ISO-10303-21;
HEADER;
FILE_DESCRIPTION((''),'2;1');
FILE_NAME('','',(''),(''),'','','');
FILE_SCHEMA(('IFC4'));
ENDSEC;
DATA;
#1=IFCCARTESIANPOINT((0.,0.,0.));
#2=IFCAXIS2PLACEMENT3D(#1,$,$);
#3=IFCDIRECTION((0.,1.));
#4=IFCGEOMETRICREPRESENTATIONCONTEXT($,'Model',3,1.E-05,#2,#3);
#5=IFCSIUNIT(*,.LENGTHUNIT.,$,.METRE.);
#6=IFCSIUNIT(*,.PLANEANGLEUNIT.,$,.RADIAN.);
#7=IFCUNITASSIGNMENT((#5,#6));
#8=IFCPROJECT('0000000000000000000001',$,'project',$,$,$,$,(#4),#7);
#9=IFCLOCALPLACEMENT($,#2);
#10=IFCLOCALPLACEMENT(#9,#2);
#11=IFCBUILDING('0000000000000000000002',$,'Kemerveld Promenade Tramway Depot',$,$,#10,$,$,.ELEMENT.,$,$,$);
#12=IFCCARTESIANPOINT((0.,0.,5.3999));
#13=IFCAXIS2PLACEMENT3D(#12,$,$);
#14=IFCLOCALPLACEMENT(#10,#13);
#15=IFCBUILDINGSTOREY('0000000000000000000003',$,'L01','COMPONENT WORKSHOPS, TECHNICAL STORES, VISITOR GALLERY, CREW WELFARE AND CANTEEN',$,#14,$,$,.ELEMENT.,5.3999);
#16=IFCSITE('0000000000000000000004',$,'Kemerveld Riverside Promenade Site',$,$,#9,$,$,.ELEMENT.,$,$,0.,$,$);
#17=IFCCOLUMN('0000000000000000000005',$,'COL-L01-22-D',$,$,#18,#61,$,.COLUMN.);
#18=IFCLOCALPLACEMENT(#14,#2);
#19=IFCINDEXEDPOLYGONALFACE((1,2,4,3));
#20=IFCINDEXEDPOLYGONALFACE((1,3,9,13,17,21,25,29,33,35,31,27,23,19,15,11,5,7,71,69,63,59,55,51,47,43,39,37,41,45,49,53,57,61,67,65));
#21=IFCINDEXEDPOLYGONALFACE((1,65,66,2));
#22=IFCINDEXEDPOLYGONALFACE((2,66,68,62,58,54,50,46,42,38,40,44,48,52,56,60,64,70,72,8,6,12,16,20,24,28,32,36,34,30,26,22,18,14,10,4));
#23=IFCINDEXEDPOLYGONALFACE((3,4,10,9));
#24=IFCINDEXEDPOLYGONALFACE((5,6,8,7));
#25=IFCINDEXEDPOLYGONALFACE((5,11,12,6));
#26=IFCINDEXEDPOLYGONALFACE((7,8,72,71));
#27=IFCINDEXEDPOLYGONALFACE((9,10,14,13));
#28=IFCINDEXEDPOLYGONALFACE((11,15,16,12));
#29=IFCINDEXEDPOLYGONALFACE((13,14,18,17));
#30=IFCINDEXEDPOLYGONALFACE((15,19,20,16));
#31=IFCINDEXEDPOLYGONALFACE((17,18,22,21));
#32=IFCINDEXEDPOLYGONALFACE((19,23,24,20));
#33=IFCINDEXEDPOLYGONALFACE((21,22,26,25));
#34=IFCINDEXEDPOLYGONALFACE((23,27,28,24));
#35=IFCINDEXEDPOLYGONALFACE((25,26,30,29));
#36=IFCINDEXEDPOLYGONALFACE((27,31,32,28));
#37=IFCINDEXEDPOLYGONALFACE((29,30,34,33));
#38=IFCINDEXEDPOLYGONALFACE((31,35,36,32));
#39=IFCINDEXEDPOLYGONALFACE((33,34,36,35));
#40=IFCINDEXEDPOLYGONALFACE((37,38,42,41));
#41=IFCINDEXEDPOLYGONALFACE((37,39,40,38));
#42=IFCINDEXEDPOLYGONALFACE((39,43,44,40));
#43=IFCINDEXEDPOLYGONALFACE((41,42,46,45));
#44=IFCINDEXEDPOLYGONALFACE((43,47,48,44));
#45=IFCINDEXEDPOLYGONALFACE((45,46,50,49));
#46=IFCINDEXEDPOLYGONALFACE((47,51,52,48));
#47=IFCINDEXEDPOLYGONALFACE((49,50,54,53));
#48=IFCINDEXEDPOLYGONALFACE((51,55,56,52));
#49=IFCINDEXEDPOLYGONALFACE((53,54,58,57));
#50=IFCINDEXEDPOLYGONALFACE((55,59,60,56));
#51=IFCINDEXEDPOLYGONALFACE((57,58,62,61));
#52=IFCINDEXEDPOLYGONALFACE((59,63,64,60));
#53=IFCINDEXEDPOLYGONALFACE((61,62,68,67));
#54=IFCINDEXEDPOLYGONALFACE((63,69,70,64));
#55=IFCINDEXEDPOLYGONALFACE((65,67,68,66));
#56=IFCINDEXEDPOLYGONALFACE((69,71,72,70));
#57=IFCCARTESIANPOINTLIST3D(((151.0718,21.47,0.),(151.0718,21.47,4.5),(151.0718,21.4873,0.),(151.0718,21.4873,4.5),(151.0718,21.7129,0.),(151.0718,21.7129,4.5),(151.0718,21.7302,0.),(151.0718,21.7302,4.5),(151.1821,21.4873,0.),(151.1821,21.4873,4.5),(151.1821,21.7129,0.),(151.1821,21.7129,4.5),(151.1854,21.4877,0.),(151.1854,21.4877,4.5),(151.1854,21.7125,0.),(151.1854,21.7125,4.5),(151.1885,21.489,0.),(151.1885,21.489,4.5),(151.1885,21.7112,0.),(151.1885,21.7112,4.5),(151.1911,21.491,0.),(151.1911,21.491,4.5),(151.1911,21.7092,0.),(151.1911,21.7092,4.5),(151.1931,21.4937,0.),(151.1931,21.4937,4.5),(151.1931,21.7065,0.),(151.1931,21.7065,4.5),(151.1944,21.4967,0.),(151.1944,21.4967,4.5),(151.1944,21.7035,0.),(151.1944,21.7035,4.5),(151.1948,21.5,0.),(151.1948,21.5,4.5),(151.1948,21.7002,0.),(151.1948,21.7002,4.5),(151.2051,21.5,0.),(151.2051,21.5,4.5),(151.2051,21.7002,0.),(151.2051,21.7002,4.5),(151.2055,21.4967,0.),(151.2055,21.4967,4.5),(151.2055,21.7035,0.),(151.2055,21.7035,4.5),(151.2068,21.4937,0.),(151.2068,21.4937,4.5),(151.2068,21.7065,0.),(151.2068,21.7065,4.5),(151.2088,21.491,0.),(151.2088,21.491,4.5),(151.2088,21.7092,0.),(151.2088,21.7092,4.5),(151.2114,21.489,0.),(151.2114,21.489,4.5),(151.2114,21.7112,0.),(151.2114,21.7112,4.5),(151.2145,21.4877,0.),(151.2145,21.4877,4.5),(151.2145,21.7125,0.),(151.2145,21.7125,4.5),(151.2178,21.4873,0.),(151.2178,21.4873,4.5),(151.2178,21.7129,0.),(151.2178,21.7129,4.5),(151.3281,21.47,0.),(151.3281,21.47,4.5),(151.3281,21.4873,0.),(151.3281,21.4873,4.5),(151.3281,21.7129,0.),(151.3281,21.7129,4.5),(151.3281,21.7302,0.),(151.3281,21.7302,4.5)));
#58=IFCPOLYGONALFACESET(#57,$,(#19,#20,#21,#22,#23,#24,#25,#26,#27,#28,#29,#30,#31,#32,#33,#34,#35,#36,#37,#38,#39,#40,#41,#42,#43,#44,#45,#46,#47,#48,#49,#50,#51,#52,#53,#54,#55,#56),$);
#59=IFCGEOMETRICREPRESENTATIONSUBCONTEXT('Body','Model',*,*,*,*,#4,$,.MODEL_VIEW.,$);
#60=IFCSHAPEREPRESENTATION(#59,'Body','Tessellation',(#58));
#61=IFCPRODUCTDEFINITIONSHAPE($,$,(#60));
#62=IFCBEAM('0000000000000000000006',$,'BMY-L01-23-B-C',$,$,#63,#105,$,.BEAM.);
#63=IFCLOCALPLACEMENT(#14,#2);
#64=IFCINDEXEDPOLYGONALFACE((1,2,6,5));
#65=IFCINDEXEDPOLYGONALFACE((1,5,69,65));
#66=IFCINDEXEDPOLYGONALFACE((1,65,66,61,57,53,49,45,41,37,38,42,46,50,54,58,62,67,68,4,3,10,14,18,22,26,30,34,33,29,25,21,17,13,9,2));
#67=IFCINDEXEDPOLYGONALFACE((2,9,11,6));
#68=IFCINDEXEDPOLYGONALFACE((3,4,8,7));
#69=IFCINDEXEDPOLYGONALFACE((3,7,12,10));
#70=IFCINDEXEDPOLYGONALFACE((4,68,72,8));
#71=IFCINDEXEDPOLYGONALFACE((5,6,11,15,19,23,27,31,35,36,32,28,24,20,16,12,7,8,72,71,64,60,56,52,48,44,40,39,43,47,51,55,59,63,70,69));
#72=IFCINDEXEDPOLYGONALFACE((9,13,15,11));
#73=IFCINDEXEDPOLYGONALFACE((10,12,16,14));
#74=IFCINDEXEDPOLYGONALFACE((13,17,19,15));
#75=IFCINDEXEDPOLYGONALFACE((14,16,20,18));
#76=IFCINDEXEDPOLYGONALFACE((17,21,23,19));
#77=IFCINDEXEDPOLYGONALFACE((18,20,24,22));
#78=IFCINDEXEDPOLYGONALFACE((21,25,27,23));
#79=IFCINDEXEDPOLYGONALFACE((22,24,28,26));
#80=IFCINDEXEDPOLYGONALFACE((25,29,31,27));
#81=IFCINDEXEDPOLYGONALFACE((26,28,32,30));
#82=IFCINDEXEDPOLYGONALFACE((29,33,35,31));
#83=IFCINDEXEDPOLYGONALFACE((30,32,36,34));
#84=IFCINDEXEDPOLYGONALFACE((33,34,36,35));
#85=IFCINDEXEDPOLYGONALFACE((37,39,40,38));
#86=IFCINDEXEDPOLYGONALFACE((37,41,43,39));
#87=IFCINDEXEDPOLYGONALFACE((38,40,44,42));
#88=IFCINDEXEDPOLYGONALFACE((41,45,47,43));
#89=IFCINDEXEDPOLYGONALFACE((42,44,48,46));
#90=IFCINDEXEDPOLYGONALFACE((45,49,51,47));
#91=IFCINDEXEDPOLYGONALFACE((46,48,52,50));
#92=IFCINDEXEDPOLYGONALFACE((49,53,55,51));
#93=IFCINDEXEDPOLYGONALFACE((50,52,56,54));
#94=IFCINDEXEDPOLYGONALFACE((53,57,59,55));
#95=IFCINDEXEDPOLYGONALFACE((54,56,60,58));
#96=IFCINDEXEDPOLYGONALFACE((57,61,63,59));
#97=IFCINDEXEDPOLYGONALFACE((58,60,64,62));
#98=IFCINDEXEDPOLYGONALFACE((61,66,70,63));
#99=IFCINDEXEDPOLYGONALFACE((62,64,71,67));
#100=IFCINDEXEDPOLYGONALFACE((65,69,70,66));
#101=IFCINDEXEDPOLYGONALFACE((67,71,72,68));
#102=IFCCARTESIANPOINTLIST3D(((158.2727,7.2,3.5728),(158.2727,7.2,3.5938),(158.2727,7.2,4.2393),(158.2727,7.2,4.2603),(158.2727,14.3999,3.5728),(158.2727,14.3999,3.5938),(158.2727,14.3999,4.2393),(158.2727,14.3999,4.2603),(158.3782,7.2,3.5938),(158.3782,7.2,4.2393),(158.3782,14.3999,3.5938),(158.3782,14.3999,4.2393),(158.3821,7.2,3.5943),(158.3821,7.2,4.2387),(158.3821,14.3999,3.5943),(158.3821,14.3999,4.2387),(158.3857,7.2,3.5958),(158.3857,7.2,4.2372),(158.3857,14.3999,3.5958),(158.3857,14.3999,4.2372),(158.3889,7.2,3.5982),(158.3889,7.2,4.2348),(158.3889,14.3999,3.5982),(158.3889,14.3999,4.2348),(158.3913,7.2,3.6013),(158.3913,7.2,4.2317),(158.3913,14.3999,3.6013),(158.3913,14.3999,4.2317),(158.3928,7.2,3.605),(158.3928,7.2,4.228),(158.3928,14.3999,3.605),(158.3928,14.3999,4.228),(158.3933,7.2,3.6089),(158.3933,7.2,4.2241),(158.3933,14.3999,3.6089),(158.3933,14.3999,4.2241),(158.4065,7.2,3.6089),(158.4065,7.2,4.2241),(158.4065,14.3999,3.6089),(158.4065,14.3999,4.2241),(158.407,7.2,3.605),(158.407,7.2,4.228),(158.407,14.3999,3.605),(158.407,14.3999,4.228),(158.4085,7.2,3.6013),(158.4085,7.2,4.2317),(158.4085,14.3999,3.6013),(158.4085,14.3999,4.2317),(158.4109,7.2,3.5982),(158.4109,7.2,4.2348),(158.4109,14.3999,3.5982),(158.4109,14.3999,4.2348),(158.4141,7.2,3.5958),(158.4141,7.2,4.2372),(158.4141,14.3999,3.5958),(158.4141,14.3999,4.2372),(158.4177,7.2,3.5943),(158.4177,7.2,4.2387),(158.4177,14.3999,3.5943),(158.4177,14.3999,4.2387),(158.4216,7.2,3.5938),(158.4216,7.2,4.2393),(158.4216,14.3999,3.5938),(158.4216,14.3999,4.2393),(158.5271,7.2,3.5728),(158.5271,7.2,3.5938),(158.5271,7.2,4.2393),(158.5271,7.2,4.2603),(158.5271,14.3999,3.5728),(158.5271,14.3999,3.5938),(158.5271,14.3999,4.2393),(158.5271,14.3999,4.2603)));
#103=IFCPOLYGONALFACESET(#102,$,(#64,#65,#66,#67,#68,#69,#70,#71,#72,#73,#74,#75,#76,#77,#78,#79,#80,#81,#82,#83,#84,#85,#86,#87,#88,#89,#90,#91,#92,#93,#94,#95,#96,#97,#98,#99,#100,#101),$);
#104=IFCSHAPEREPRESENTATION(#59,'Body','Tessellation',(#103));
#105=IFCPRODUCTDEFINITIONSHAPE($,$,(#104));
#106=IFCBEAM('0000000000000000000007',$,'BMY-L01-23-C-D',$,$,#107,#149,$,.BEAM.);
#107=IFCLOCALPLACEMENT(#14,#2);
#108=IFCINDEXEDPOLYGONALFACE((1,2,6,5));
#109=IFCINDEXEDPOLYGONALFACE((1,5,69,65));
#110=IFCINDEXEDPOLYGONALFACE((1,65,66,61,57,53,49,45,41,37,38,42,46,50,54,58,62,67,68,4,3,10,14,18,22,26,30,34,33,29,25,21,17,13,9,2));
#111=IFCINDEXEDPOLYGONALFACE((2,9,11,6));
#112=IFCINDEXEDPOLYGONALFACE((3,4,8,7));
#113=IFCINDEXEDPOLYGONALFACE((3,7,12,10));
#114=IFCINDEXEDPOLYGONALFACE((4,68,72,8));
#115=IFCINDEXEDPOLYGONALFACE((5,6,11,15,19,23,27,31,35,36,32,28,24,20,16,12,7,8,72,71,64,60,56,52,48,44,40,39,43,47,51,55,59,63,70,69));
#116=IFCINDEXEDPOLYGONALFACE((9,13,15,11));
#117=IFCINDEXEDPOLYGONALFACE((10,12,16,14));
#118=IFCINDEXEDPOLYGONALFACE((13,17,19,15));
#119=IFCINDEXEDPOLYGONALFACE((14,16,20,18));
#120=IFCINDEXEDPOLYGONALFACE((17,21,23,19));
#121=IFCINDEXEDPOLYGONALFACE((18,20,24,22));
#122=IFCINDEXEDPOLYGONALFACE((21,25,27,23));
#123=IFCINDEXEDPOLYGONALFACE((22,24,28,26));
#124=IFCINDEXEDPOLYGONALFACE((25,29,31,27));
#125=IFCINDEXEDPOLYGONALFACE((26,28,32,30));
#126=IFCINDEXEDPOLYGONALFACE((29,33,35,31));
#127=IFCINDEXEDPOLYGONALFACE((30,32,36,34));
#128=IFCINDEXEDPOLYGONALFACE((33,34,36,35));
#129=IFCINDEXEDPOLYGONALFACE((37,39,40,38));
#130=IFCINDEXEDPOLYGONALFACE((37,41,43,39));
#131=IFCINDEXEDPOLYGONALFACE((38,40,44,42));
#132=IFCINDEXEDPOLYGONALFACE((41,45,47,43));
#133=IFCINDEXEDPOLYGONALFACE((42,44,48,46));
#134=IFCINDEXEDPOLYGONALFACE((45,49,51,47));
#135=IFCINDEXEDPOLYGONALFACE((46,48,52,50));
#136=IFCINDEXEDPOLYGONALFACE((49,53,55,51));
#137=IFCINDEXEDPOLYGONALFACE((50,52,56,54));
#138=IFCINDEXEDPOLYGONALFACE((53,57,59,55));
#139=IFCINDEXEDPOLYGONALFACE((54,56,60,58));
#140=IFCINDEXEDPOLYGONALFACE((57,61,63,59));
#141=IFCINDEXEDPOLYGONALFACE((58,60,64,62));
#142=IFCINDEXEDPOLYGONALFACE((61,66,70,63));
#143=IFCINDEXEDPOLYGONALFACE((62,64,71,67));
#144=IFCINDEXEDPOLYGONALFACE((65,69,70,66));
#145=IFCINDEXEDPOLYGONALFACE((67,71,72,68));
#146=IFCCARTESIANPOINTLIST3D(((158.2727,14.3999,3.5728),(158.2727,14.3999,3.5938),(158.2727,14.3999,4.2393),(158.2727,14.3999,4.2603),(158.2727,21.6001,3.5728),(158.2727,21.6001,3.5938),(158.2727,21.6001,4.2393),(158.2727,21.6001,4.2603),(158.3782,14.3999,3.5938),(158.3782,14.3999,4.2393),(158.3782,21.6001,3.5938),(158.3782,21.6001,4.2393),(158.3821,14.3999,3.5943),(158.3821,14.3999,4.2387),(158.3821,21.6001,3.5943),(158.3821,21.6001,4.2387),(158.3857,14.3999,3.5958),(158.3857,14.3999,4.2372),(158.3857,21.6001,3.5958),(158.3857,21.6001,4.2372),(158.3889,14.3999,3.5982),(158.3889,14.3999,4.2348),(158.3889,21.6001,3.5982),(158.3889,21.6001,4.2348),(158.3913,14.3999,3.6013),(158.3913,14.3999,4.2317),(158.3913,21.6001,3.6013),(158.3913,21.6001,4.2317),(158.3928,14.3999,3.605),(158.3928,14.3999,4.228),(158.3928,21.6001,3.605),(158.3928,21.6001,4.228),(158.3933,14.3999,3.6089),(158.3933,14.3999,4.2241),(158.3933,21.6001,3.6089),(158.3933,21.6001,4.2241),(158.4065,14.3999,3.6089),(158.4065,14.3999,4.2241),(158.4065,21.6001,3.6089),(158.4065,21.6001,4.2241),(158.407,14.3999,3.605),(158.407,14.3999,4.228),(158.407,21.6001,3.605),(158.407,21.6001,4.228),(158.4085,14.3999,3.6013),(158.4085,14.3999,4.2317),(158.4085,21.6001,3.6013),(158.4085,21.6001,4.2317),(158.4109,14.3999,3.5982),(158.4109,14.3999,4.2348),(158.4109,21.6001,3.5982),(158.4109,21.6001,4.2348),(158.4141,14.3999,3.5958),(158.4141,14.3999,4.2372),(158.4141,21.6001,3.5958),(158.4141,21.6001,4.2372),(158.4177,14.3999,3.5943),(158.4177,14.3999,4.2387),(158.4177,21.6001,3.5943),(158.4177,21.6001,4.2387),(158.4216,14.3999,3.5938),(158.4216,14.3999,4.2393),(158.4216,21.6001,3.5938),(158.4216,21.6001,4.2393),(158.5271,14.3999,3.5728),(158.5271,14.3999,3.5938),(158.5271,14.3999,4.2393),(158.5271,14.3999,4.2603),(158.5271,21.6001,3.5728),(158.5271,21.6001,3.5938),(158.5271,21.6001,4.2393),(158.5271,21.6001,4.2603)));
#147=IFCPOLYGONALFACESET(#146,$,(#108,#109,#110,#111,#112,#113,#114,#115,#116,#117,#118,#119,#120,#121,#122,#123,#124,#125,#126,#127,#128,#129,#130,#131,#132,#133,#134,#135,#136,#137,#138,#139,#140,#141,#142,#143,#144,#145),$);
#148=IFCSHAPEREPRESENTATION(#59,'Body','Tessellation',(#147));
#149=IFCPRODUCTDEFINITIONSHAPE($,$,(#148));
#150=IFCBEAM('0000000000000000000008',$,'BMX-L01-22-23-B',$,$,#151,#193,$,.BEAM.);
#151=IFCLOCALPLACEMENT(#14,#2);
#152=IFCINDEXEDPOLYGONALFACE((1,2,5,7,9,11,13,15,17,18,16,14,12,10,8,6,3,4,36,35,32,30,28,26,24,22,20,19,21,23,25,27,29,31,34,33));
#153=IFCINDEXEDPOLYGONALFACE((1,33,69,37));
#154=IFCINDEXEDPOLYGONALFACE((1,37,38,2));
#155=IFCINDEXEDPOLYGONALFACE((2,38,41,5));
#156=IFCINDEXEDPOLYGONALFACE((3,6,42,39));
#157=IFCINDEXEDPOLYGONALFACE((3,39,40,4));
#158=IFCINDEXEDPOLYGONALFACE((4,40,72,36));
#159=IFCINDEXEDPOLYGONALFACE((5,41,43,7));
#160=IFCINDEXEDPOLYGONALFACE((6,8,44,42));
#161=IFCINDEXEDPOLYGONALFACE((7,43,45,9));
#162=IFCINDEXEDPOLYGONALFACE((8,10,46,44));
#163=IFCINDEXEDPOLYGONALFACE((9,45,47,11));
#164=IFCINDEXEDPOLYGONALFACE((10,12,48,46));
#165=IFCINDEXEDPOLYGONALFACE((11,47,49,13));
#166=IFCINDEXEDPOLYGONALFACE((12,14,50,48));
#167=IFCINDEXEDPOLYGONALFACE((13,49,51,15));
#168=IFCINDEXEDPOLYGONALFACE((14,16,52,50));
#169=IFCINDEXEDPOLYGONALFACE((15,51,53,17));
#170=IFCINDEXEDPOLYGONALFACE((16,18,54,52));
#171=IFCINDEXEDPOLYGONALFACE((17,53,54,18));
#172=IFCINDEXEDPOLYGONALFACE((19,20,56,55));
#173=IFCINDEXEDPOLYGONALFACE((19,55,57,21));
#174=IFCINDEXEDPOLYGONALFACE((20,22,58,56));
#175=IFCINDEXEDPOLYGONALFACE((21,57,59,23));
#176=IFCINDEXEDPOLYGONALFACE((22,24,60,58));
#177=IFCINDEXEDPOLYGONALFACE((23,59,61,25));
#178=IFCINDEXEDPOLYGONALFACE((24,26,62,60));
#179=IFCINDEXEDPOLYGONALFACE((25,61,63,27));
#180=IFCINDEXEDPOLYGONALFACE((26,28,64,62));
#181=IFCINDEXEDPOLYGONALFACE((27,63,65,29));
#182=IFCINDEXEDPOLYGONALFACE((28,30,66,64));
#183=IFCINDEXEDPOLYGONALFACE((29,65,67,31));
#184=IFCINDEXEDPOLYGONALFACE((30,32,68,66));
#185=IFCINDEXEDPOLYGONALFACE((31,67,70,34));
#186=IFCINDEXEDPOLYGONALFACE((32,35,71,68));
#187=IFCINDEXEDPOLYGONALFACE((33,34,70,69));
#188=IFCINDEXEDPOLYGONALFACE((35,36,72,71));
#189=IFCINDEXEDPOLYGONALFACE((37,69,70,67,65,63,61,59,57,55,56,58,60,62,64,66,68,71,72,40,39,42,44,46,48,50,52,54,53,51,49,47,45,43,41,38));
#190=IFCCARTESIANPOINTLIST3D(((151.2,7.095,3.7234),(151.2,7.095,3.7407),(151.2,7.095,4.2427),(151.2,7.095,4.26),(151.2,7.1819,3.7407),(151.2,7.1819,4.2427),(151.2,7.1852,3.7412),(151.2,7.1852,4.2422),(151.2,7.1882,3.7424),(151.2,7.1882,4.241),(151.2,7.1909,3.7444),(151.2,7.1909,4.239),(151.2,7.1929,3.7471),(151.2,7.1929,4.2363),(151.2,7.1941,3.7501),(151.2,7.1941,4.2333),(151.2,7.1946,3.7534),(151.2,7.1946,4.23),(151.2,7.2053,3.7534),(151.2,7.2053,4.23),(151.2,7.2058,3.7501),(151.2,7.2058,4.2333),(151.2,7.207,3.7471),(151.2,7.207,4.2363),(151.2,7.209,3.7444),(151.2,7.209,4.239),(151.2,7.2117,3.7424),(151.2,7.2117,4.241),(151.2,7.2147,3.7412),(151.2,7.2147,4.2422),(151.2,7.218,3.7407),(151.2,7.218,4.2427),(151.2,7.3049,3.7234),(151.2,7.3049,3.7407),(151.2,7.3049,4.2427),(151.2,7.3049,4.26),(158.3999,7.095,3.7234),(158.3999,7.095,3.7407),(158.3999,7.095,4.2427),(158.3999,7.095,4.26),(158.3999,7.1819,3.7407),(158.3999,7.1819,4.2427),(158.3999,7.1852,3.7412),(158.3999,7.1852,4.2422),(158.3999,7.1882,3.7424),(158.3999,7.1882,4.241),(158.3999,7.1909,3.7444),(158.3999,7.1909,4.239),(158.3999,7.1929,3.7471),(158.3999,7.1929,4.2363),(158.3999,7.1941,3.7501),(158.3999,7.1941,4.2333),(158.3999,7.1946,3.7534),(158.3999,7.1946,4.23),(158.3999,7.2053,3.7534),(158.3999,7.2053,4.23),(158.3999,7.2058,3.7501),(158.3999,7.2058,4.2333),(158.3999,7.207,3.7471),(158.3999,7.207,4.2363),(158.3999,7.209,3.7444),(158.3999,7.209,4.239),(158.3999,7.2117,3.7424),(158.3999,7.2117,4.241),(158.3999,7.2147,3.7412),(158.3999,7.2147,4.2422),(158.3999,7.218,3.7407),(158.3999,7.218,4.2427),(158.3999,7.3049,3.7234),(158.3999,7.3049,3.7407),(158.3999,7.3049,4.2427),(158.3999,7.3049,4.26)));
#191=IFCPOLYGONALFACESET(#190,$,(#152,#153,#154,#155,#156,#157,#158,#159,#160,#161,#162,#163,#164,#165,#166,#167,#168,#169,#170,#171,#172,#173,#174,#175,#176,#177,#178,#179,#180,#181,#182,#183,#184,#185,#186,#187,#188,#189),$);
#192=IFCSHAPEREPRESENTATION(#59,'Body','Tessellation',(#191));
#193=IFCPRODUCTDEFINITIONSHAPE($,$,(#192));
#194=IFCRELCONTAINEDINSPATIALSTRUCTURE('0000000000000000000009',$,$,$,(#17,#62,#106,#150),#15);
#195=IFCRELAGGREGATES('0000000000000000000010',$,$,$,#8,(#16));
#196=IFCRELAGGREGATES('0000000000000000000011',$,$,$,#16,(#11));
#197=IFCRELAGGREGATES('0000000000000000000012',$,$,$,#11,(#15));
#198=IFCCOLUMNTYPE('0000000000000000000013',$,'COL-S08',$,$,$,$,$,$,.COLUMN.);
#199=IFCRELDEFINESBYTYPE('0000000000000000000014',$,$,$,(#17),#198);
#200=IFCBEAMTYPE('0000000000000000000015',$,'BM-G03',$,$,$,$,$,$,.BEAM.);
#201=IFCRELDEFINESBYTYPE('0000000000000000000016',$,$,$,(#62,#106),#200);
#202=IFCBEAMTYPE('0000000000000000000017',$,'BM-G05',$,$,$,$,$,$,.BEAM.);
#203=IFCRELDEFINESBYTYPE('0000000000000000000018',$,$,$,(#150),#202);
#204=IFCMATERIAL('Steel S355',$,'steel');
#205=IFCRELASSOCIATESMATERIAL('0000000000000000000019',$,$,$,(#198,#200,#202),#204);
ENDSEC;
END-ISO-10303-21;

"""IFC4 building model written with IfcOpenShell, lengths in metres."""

from ifc_helpers import new_model, si_unit, direction, frame, origin, origin_2d, place, context, subcontext, project, spatial, i_section, extrude, material, material_profile, profile_set, type_object, element, save


model = new_model("IFC4")

# Units and contexts
model_context = context("Model", 3, precision=1e-05, world=origin(), true_north=direction((0.0, 1.0)))
body_context = subcontext(model_context, "Body", "Model", "MODEL_VIEW")
ifc_project = project(units=[si_unit("LENGTHUNIT", "METRE"), si_unit("PLANEANGLEUNIT", "RADIAN")], contexts=[model_context])

# Site, building, storey
site_placement = place(None, origin())
site = spatial("IfcSite", under=ifc_project, at=site_placement, Name="Kemerveld Riverside Promenade Site", CompositionType="ELEMENT", RefElevation=0.0)
building_placement = place(site_placement, origin())
building = spatial("IfcBuilding", under=site, at=building_placement, Name="Kemerveld Promenade Tramway Depot", CompositionType="ELEMENT")
storey_placement = place(building_placement, frame((0.0, 0.0, 5.3999)))
storey = spatial("IfcBuildingStorey", under=building, at=storey_placement, Name="L01", Description="COMPONENT WORKSHOPS, TECHNICAL STORES, VISITOR GALLERY, CREW WELFARE AND CANTEEN", CompositionType="ELEMENT", Elevation=5.3999)

# Column
ifc_material_1 = material(Name="Steel S355", Category="steel")
ifc_material_profile_1 = material_profile(ifc_material_1, i_section(OverallWidth=0.2563, OverallDepth=0.2603, WebThickness=0.0103, FlangeThickness=0.0173, FilletRadius=0.0127, at=origin_2d()), Name="254x254x89 UC")
ifc_profile_set_1 = profile_set([ifc_material_profile_1], Name="Steel S355")
column_type_1 = type_object("IfcColumnType", Name="COL-S08", PredefinedType="COLUMN", material=ifc_profile_set_1)
for number, where, z_axis, x_axis, name in (
    (1, (151.2, 21.6001, 0.0), (0.0, 0.0, 1.0), (1.0, 0.0, 0.0), "COL-L01-22-D"),
):
    element("IfcColumn", number, at=place(storey_placement, frame(where, z_axis=z_axis, x_axis=x_axis)), inside=storey, type_object=column_type_1, Name=name, PredefinedType="COLUMN", context=body_context, shape_type="SweptSolid", body=[
        extrude(i_section(OverallWidth=0.2563, OverallDepth=0.2603, WebThickness=0.0103, FlangeThickness=0.0173, FilletRadius=0.0127, at=origin_2d()), origin(), (0.0, 0.0, 1.0), 4.5),
    ])

# Beams
ifc_material_profile_2 = material_profile(ifc_material_1, i_section(OverallWidth=0.2544, OverallDepth=0.6875, WebThickness=0.0132, FlangeThickness=0.021, FilletRadius=0.0151, at=origin_2d()), Name="686x254x152 UB")
ifc_profile_set_2 = profile_set([ifc_material_profile_2], Name="Steel S355")
beam_type_1 = type_object("IfcBeamType", Name="BM-G03", PredefinedType="BEAM", material=ifc_profile_set_2)
beam_1_placement = place(storey_placement, frame((158.3999, 7.2, 3.9165), z_axis=(0.0, 1.0, 0.0), x_axis=(-1.0, 0.0, 0.0)))
element("IfcBeam", 2, at=beam_1_placement, inside=storey, type_object=beam_type_1, Name="BMY-L01-23-B-C", PredefinedType="BEAM", context=body_context, shape_type="SweptSolid", body=[
    extrude(i_section(OverallWidth=0.2544, OverallDepth=0.6875, WebThickness=0.0132, FlangeThickness=0.021, FilletRadius=0.0151, at=origin_2d()), origin(), (0.0, 0.0, 1.0), 7.2),
])
beam_2_placement = place(storey_placement, frame((158.3999, 14.3999, 3.9165), z_axis=(0.0, 1.0, 0.0), x_axis=(-1.0, 0.0, 0.0)))
element("IfcBeam", 3, at=beam_2_placement, inside=storey, type_object=beam_type_1, Name="BMY-L01-23-C-D", PredefinedType="BEAM", context=body_context, shape_type="SweptSolid", body=[
    extrude(i_section(OverallWidth=0.2544, OverallDepth=0.6875, WebThickness=0.0132, FlangeThickness=0.021, FilletRadius=0.0151, at=origin_2d()), origin(), (0.0, 0.0, 1.0), 7.2002),
])
ifc_material_profile_3 = material_profile(ifc_material_1, i_section(OverallWidth=0.21, OverallDepth=0.5366, WebThickness=0.0107, FlangeThickness=0.0173, FilletRadius=0.0127, at=origin_2d()), Name="533x210x101 UB")
ifc_profile_set_3 = profile_set([ifc_material_profile_3], Name="Steel S355")
beam_type_2 = type_object("IfcBeamType", Name="BM-G05", PredefinedType="BEAM", material=ifc_profile_set_3)
for number, where, z_axis, x_axis, name in (
    (4, (151.2, 7.2, 3.9917), (1.0, 0.0, 0.0), (0.0, 1.0, 0.0), "BMX-L01-22-23-B"),
):
    element("IfcBeam", number, at=place(storey_placement, frame(where, z_axis=z_axis, x_axis=x_axis)), inside=storey, type_object=beam_type_2, Name=name, PredefinedType="BEAM", context=body_context, shape_type="SweptSolid", body=[
        extrude(i_section(OverallWidth=0.21, OverallDepth=0.5366, WebThickness=0.0107, FlangeThickness=0.0173, FilletRadius=0.0127, at=origin_2d()), origin(), (0.0, 0.0, 1.0), 7.2),
    ])

save(model, "model.ifc")
